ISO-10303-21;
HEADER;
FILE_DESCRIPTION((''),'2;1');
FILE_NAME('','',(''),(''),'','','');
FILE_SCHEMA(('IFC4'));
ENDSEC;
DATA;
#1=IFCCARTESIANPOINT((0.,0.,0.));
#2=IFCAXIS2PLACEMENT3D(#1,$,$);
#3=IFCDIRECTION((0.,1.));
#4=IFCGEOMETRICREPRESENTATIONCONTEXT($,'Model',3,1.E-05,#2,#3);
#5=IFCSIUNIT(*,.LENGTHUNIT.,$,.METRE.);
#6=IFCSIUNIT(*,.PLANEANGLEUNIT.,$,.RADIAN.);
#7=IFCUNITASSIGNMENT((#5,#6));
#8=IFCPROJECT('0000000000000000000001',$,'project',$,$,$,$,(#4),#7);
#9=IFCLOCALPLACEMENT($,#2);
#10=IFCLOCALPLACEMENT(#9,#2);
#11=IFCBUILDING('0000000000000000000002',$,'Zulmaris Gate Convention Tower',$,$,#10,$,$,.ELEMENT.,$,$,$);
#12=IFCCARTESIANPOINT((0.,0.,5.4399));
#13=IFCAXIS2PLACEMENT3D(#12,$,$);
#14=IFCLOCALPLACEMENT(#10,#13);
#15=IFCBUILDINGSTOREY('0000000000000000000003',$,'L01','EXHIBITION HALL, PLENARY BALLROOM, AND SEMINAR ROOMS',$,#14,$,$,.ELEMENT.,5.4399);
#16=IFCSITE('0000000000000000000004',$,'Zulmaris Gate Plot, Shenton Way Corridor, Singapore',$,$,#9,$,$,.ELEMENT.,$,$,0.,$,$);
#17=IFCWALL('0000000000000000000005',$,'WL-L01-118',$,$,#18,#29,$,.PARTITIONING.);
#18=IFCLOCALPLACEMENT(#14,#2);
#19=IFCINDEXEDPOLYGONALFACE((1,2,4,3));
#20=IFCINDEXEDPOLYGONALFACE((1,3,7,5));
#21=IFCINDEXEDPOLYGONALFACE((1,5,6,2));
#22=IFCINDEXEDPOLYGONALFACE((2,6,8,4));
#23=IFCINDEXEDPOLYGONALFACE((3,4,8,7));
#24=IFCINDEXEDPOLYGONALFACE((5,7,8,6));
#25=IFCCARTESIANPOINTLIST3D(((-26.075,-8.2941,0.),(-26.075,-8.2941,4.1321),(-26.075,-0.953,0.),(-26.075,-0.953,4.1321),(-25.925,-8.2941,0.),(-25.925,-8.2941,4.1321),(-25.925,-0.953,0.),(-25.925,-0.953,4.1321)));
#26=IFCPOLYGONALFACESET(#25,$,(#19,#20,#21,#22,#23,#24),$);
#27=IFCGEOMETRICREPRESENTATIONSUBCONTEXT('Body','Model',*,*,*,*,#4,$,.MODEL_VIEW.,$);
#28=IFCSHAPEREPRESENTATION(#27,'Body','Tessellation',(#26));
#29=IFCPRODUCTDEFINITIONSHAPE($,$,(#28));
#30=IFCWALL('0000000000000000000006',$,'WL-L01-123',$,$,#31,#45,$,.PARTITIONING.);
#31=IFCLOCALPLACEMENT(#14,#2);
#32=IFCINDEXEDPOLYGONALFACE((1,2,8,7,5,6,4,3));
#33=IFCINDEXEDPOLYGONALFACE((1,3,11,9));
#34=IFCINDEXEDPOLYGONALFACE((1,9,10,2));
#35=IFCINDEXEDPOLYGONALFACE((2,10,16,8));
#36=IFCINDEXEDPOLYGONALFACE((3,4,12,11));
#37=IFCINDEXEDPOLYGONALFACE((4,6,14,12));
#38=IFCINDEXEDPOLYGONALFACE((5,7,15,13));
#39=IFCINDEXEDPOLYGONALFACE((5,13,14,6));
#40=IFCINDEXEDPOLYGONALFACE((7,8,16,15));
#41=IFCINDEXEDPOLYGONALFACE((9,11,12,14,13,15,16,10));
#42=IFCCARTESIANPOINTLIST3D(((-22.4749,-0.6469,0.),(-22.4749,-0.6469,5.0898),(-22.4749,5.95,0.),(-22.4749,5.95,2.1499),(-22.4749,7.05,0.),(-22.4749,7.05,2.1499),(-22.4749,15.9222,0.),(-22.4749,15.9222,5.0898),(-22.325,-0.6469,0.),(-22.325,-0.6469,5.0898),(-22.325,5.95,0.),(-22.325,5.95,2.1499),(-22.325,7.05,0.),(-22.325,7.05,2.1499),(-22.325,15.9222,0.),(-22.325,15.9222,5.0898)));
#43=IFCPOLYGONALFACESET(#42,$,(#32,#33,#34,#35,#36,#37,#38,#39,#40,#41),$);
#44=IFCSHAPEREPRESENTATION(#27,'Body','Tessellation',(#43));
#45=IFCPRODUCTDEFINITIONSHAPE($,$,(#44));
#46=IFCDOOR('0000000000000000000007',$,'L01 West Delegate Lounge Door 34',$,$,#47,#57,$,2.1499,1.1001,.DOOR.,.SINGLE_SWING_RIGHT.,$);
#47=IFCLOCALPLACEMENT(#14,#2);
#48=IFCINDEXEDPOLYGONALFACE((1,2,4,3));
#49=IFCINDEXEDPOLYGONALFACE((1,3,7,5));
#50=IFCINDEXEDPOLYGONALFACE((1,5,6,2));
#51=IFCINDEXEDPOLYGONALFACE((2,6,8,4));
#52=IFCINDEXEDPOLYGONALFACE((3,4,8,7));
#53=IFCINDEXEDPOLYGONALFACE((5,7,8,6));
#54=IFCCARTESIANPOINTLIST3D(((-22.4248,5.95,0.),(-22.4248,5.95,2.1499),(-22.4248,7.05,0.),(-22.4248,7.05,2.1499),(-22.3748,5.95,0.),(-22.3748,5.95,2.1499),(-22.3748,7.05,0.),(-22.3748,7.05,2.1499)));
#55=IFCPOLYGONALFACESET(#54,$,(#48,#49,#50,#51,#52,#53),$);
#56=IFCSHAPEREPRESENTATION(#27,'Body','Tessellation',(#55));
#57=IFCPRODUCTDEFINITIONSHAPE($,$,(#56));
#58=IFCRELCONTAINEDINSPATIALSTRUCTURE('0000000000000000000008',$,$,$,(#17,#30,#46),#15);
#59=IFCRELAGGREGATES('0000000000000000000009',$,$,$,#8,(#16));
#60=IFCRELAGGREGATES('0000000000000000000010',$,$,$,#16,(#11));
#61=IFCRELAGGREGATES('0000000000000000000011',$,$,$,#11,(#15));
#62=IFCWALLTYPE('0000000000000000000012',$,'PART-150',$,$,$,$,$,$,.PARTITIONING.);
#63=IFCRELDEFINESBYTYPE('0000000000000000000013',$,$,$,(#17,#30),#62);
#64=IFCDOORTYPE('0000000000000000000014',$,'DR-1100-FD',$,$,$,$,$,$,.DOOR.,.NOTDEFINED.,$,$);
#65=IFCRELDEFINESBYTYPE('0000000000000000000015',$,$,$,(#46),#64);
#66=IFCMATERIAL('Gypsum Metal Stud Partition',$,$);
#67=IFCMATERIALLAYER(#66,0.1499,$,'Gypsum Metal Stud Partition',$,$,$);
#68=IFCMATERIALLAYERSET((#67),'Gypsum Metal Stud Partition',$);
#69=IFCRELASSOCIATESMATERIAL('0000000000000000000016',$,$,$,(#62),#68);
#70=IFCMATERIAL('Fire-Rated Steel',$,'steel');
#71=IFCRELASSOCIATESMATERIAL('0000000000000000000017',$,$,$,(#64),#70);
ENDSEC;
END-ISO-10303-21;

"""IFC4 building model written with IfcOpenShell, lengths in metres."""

from ifc_helpers import new_model, si_unit, direction, frame, frame_2d, origin, place, context, subcontext, project, spatial, rectangle, extrude, material, layer, layer_set, type_object, element, fill, save


model = new_model("IFC4")

# Units and contexts
model_context = context("Model", 3, precision=1e-05, world=origin(), true_north=direction((0.0, 1.0)))
body_context = subcontext(model_context, "Body", "Model", "MODEL_VIEW")
ifc_project = project(units=[si_unit("LENGTHUNIT", "METRE"), si_unit("PLANEANGLEUNIT", "RADIAN")], contexts=[model_context])

# Site, building, storey
site_placement = place(None, origin())
site = spatial("IfcSite", under=ifc_project, at=site_placement, Name="Zulmaris Gate Plot, Shenton Way Corridor, Singapore", CompositionType="ELEMENT", RefElevation=0.0)
building_placement = place(site_placement, origin())
building = spatial("IfcBuilding", under=site, at=building_placement, Name="Zulmaris Gate Convention Tower", CompositionType="ELEMENT")
storey_placement = place(building_placement, frame((0.0, 0.0, 5.4399)))
storey = spatial("IfcBuildingStorey", under=building, at=storey_placement, Name="L01", Description="EXHIBITION HALL, PLENARY BALLROOM, AND SEMINAR ROOMS", CompositionType="ELEMENT", Elevation=5.4399)

# Wall
ifc_material_1 = material(Name="Gypsum Metal Stud Partition")
ifc_layer_1 = layer(ifc_material_1, 0.1499, Name="Gypsum Metal Stud Partition")
ifc_layer_set_1 = layer_set([ifc_layer_1], Name="Gypsum Metal Stud Partition")
wall_type_1 = type_object("IfcWallType", Name="PART-150", PredefinedType="PARTITIONING", material=ifc_layer_set_1)
wall_1_placement = place(storey_placement, frame((-26.0, -8.2939, 0.0), z_axis=(0.0, 0.0, 1.0), x_axis=(0.0, 1.0, 0.0)))
element("IfcWall", 1, at=wall_1_placement, inside=storey, type_object=wall_type_1, Name="WL-L01-118", PredefinedType="PARTITIONING", context=body_context, shape_type="SweptSolid", body=[
    extrude(rectangle(XDim=7.3411, YDim=0.1499, at=frame_2d((3.6704, 0.0))), origin(), (0.0, 0.0, 1.0), 4.1321),
])

# Wall, opening, door
wall_2_placement = place(storey_placement, frame((-22.3999, -0.647, 0.0), z_axis=(0.0, 0.0, 1.0), x_axis=(0.0, 1.0, 0.0)))
wall_2 = element("IfcWall", 2, at=wall_2_placement, inside=storey, type_object=wall_type_1, Name="WL-L01-123", PredefinedType="PARTITIONING", context=body_context, shape_type="SweptSolid", body=[
    extrude(rectangle(XDim=16.5691, YDim=0.1499, at=frame_2d((8.2847, 0.0))), origin(), (0.0, 0.0, 1.0), 5.0898),
])
opening_1_placement = place(wall_2_placement, frame((6.5969, 0.0, 0.0)))
opening_1 = element("IfcOpeningElement", 3, at=opening_1_placement, cuts=wall_2, PredefinedType="OPENING", context=body_context, shape_type="SweptSolid", body=[
    extrude(rectangle(XDim=1.1001, YDim=2.1499, at=frame_2d((0.55, 1.075))), frame((0.0, 0.085, 0.0), z_axis=(0.0, -1.0, 0.0), x_axis=(1.0, 0.0, 0.0)), (0.0, 0.0, 1.0), 0.1699),
])
ifc_material_2 = material(Name="Fire-Rated Steel", Category="steel")
door_type_1 = type_object("IfcDoorType", Name="DR-1100-FD", OperationType="NOTDEFINED", PredefinedType="DOOR", material=ifc_material_2)
door_1_placement = place(opening_1_placement, origin())
door_1 = element("IfcDoor", 4, at=door_1_placement, inside=storey, type_object=door_type_1, Name="L01 West Delegate Lounge Door 34", OperationType="SINGLE_SWING_RIGHT", OverallHeight=2.1499, OverallWidth=1.1001, PredefinedType="DOOR", context=body_context, shape_type="SweptSolid", body=[
    extrude(rectangle(XDim=1.1001, YDim=2.1499, at=frame_2d((0.55, 1.075))), frame((0.0, 0.0249, 0.0), z_axis=(0.0, -1.0, 0.0), x_axis=(1.0, 0.0, 0.0)), (0.0, 0.0, 1.0), 0.05),
])
fill(opening_1, door_1)

save(model, "model.ifc")
